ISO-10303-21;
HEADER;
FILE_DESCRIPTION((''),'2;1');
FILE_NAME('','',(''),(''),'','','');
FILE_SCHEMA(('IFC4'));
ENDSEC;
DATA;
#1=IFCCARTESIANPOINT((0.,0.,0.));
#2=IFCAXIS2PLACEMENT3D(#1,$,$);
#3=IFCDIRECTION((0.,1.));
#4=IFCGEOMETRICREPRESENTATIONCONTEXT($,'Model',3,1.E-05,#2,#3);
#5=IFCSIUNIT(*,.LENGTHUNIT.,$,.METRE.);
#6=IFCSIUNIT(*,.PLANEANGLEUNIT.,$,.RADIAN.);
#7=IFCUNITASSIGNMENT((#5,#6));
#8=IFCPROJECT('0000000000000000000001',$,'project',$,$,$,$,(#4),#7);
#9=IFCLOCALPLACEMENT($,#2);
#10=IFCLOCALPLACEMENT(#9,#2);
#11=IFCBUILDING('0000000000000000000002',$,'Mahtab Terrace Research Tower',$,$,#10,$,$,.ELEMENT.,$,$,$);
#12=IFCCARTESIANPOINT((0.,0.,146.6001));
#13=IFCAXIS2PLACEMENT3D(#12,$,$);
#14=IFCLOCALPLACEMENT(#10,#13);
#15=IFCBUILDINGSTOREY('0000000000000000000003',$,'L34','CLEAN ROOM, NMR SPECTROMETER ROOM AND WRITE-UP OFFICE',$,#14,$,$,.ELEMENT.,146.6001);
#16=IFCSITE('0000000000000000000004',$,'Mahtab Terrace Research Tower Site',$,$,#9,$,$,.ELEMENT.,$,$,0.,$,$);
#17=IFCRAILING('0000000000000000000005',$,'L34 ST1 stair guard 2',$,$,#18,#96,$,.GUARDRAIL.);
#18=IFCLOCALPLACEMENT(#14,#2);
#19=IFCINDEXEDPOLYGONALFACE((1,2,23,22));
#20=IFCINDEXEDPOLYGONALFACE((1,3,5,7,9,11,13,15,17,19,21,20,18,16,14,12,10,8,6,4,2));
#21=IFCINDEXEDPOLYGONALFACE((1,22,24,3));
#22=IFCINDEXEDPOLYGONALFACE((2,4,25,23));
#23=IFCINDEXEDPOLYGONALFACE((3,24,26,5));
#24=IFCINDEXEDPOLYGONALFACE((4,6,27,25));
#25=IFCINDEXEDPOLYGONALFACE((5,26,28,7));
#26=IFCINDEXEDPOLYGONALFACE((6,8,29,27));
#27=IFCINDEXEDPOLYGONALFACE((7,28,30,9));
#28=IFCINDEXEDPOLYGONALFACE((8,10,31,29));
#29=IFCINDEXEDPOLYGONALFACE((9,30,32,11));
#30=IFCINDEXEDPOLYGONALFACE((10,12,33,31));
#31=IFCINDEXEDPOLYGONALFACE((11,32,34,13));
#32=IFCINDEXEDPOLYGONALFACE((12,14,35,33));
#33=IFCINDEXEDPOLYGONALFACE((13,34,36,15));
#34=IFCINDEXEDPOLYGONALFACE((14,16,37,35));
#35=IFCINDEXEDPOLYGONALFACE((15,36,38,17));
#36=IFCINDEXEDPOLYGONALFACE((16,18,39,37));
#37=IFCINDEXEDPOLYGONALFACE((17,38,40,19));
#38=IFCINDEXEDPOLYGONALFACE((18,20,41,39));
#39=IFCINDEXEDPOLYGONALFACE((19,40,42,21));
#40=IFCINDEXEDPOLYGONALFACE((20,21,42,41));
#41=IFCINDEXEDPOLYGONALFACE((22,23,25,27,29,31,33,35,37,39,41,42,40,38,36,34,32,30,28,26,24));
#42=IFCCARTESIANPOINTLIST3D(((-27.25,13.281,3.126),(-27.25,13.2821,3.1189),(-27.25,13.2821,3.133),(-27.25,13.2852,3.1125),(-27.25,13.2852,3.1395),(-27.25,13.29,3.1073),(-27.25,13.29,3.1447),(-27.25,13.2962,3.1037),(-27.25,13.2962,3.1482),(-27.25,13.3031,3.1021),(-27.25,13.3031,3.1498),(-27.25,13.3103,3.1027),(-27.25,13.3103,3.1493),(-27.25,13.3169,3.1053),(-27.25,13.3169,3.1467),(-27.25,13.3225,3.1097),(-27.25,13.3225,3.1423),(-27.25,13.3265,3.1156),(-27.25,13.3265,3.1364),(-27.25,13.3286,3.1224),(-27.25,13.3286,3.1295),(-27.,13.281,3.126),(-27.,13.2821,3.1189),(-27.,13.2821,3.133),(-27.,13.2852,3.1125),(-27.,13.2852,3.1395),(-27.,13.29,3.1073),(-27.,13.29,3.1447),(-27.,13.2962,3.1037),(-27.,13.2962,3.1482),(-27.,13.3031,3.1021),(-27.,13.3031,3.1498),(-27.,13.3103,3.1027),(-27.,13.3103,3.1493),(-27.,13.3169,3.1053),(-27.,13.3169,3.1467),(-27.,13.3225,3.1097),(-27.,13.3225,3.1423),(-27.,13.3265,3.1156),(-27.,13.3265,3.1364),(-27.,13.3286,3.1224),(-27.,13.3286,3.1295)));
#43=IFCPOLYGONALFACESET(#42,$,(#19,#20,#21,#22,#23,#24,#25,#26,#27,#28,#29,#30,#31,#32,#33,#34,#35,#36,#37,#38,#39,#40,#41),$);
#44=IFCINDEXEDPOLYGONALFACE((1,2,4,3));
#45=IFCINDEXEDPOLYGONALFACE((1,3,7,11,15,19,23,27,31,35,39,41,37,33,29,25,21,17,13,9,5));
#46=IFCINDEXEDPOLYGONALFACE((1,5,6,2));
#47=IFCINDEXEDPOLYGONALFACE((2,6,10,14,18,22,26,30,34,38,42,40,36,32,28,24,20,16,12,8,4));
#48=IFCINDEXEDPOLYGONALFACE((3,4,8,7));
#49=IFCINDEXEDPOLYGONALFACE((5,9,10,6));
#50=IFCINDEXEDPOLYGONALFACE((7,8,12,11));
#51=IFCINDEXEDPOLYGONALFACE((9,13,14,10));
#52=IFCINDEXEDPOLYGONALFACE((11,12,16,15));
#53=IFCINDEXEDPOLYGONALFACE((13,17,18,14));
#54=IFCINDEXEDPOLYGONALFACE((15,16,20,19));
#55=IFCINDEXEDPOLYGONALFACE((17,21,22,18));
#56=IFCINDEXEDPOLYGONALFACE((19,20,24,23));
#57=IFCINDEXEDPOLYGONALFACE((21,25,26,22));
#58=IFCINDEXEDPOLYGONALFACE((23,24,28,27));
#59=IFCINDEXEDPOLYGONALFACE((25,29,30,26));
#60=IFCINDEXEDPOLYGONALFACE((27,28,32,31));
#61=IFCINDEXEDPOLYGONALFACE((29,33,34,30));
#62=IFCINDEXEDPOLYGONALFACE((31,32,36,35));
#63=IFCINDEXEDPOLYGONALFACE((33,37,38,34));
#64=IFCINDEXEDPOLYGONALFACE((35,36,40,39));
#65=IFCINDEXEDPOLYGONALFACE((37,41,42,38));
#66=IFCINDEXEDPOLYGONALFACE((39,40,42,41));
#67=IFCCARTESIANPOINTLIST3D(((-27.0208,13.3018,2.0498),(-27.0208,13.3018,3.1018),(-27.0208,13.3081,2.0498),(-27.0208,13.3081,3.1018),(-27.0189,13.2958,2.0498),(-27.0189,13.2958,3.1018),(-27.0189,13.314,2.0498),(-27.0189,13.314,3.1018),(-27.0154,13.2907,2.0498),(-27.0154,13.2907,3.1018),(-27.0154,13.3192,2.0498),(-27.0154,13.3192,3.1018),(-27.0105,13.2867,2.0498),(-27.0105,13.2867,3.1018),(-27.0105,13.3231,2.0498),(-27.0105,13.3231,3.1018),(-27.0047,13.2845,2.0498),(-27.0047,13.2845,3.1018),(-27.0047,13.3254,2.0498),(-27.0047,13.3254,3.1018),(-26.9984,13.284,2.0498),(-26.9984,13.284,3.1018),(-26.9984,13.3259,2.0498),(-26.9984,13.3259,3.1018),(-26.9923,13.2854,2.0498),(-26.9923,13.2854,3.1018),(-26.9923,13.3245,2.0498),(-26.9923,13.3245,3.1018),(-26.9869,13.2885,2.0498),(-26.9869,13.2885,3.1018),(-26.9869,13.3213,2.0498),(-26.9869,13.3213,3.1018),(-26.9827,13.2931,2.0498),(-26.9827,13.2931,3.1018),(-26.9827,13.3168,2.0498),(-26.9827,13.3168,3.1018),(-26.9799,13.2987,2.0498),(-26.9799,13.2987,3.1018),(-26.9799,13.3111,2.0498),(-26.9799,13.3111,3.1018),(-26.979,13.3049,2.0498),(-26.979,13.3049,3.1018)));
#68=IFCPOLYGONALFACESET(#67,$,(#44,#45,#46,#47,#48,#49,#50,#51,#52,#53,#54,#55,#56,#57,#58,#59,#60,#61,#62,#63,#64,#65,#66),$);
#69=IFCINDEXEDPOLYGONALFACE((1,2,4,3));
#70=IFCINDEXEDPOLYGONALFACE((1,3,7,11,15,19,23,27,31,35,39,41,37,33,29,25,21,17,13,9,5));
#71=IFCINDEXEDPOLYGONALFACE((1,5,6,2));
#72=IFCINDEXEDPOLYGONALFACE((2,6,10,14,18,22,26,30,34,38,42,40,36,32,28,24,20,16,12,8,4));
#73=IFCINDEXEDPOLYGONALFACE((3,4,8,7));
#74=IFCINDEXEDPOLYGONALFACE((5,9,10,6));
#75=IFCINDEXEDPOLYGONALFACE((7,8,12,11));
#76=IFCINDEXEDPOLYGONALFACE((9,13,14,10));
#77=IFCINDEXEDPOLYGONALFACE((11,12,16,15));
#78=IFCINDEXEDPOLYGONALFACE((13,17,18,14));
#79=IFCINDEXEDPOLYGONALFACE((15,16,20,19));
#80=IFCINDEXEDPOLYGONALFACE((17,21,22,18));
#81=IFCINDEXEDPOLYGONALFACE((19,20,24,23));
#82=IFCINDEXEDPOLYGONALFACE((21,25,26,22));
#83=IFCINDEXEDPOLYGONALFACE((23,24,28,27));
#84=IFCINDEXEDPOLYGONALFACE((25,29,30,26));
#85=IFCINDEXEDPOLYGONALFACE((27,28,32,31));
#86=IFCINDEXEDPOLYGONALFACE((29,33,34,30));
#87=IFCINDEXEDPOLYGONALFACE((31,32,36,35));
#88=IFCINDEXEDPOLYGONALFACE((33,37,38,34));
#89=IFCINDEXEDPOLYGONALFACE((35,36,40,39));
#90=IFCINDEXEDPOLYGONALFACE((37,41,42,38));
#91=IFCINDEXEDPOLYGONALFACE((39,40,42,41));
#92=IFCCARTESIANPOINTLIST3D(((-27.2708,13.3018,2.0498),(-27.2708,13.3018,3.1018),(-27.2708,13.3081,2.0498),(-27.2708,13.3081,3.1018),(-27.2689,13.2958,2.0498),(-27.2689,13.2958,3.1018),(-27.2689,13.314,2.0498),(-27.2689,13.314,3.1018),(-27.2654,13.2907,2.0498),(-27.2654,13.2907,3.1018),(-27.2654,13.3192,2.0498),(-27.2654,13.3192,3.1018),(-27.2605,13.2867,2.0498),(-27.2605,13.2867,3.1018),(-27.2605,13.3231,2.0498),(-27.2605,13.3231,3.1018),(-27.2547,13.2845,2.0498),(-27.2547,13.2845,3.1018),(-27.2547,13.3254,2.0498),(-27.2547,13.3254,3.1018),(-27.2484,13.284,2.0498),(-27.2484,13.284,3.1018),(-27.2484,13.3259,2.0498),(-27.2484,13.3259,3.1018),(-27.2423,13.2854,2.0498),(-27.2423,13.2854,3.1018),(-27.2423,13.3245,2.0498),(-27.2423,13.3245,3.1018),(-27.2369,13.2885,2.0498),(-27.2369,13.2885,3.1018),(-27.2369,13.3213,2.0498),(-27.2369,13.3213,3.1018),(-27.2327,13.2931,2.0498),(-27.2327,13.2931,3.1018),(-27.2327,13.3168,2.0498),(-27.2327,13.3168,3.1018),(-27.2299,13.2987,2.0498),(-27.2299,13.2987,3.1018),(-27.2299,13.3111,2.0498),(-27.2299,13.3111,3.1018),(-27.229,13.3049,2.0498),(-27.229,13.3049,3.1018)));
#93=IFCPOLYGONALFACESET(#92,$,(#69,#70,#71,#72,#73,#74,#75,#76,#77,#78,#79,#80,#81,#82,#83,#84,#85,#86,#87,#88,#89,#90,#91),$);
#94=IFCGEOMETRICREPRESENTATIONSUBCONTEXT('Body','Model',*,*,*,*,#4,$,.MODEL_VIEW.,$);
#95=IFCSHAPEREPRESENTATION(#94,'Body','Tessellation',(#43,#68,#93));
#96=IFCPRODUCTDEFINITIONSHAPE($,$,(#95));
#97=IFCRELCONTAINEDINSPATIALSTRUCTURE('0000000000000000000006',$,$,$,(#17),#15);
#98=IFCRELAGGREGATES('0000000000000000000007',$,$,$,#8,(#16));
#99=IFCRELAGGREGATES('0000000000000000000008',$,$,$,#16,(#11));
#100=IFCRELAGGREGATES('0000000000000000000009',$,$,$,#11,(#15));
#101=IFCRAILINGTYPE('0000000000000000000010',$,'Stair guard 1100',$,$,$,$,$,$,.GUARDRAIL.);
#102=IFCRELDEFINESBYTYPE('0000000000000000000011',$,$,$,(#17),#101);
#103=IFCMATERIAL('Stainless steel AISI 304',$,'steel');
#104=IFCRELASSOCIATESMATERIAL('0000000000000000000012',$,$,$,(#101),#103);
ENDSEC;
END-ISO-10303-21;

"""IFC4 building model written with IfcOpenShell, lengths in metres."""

from ifc_helpers import new_model, si_unit, direction, frame, origin, origin_2d, place, context, subcontext, project, spatial, circle, extrude, material, type_object, element, save


model = new_model("IFC4")

# Units and contexts
model_context = context("Model", 3, precision=1e-05, world=origin(), true_north=direction((0.0, 1.0)))
body_context = subcontext(model_context, "Body", "Model", "MODEL_VIEW")
ifc_project = project(units=[si_unit("LENGTHUNIT", "METRE"), si_unit("PLANEANGLEUNIT", "RADIAN")], contexts=[model_context])

# Site, building, storey
site_placement = place(None, origin())
site = spatial("IfcSite", under=ifc_project, at=site_placement, Name="Mahtab Terrace Research Tower Site", CompositionType="ELEMENT", RefElevation=0.0)
building_placement = place(site_placement, origin())
building = spatial("IfcBuilding", under=site, at=building_placement, Name="Mahtab Terrace Research Tower", CompositionType="ELEMENT")
storey_placement = place(building_placement, frame((0.0, 0.0, 146.6001)))
storey = spatial("IfcBuildingStorey", under=building, at=storey_placement, Name="L34", Description="CLEAN ROOM, NMR SPECTROMETER ROOM AND WRITE-UP OFFICE", CompositionType="ELEMENT", Elevation=146.6001)

# Railing
ifc_material_1 = material(Name="Stainless steel AISI 304", Category="steel")
railing_type_1 = type_object("IfcRailingType", Name="Stair guard 1100", PredefinedType="GUARDRAIL", material=ifc_material_1)
railing_1_placement = place(storey_placement, frame((-27.0, 13.3049, 2.0498)))
element("IfcRailing", 1, at=railing_1_placement, inside=storey, type_object=railing_type_1, Name="L34 ST1 stair guard 2", PredefinedType="GUARDRAIL", context=body_context, shape_type="SweptSolid", body=[
    extrude(circle(Radius=0.0239, at=origin_2d()), frame((0.0, 0.0, 1.0762), z_axis=(-1.0, 0.0, 0.0), x_axis=(0.0, -1.0, 0.0)), (0.0, 0.0, 1.0), 0.25),
    extrude(circle(Radius=0.021, at=origin_2d()), origin(), (0.0, 0.0, 1.0), 1.052),
    extrude(circle(Radius=0.021, at=origin_2d()), frame((-0.25, 0.0, 0.0)), (0.0, 0.0, 1.0), 1.052),
])

save(model, "model.ifc")
